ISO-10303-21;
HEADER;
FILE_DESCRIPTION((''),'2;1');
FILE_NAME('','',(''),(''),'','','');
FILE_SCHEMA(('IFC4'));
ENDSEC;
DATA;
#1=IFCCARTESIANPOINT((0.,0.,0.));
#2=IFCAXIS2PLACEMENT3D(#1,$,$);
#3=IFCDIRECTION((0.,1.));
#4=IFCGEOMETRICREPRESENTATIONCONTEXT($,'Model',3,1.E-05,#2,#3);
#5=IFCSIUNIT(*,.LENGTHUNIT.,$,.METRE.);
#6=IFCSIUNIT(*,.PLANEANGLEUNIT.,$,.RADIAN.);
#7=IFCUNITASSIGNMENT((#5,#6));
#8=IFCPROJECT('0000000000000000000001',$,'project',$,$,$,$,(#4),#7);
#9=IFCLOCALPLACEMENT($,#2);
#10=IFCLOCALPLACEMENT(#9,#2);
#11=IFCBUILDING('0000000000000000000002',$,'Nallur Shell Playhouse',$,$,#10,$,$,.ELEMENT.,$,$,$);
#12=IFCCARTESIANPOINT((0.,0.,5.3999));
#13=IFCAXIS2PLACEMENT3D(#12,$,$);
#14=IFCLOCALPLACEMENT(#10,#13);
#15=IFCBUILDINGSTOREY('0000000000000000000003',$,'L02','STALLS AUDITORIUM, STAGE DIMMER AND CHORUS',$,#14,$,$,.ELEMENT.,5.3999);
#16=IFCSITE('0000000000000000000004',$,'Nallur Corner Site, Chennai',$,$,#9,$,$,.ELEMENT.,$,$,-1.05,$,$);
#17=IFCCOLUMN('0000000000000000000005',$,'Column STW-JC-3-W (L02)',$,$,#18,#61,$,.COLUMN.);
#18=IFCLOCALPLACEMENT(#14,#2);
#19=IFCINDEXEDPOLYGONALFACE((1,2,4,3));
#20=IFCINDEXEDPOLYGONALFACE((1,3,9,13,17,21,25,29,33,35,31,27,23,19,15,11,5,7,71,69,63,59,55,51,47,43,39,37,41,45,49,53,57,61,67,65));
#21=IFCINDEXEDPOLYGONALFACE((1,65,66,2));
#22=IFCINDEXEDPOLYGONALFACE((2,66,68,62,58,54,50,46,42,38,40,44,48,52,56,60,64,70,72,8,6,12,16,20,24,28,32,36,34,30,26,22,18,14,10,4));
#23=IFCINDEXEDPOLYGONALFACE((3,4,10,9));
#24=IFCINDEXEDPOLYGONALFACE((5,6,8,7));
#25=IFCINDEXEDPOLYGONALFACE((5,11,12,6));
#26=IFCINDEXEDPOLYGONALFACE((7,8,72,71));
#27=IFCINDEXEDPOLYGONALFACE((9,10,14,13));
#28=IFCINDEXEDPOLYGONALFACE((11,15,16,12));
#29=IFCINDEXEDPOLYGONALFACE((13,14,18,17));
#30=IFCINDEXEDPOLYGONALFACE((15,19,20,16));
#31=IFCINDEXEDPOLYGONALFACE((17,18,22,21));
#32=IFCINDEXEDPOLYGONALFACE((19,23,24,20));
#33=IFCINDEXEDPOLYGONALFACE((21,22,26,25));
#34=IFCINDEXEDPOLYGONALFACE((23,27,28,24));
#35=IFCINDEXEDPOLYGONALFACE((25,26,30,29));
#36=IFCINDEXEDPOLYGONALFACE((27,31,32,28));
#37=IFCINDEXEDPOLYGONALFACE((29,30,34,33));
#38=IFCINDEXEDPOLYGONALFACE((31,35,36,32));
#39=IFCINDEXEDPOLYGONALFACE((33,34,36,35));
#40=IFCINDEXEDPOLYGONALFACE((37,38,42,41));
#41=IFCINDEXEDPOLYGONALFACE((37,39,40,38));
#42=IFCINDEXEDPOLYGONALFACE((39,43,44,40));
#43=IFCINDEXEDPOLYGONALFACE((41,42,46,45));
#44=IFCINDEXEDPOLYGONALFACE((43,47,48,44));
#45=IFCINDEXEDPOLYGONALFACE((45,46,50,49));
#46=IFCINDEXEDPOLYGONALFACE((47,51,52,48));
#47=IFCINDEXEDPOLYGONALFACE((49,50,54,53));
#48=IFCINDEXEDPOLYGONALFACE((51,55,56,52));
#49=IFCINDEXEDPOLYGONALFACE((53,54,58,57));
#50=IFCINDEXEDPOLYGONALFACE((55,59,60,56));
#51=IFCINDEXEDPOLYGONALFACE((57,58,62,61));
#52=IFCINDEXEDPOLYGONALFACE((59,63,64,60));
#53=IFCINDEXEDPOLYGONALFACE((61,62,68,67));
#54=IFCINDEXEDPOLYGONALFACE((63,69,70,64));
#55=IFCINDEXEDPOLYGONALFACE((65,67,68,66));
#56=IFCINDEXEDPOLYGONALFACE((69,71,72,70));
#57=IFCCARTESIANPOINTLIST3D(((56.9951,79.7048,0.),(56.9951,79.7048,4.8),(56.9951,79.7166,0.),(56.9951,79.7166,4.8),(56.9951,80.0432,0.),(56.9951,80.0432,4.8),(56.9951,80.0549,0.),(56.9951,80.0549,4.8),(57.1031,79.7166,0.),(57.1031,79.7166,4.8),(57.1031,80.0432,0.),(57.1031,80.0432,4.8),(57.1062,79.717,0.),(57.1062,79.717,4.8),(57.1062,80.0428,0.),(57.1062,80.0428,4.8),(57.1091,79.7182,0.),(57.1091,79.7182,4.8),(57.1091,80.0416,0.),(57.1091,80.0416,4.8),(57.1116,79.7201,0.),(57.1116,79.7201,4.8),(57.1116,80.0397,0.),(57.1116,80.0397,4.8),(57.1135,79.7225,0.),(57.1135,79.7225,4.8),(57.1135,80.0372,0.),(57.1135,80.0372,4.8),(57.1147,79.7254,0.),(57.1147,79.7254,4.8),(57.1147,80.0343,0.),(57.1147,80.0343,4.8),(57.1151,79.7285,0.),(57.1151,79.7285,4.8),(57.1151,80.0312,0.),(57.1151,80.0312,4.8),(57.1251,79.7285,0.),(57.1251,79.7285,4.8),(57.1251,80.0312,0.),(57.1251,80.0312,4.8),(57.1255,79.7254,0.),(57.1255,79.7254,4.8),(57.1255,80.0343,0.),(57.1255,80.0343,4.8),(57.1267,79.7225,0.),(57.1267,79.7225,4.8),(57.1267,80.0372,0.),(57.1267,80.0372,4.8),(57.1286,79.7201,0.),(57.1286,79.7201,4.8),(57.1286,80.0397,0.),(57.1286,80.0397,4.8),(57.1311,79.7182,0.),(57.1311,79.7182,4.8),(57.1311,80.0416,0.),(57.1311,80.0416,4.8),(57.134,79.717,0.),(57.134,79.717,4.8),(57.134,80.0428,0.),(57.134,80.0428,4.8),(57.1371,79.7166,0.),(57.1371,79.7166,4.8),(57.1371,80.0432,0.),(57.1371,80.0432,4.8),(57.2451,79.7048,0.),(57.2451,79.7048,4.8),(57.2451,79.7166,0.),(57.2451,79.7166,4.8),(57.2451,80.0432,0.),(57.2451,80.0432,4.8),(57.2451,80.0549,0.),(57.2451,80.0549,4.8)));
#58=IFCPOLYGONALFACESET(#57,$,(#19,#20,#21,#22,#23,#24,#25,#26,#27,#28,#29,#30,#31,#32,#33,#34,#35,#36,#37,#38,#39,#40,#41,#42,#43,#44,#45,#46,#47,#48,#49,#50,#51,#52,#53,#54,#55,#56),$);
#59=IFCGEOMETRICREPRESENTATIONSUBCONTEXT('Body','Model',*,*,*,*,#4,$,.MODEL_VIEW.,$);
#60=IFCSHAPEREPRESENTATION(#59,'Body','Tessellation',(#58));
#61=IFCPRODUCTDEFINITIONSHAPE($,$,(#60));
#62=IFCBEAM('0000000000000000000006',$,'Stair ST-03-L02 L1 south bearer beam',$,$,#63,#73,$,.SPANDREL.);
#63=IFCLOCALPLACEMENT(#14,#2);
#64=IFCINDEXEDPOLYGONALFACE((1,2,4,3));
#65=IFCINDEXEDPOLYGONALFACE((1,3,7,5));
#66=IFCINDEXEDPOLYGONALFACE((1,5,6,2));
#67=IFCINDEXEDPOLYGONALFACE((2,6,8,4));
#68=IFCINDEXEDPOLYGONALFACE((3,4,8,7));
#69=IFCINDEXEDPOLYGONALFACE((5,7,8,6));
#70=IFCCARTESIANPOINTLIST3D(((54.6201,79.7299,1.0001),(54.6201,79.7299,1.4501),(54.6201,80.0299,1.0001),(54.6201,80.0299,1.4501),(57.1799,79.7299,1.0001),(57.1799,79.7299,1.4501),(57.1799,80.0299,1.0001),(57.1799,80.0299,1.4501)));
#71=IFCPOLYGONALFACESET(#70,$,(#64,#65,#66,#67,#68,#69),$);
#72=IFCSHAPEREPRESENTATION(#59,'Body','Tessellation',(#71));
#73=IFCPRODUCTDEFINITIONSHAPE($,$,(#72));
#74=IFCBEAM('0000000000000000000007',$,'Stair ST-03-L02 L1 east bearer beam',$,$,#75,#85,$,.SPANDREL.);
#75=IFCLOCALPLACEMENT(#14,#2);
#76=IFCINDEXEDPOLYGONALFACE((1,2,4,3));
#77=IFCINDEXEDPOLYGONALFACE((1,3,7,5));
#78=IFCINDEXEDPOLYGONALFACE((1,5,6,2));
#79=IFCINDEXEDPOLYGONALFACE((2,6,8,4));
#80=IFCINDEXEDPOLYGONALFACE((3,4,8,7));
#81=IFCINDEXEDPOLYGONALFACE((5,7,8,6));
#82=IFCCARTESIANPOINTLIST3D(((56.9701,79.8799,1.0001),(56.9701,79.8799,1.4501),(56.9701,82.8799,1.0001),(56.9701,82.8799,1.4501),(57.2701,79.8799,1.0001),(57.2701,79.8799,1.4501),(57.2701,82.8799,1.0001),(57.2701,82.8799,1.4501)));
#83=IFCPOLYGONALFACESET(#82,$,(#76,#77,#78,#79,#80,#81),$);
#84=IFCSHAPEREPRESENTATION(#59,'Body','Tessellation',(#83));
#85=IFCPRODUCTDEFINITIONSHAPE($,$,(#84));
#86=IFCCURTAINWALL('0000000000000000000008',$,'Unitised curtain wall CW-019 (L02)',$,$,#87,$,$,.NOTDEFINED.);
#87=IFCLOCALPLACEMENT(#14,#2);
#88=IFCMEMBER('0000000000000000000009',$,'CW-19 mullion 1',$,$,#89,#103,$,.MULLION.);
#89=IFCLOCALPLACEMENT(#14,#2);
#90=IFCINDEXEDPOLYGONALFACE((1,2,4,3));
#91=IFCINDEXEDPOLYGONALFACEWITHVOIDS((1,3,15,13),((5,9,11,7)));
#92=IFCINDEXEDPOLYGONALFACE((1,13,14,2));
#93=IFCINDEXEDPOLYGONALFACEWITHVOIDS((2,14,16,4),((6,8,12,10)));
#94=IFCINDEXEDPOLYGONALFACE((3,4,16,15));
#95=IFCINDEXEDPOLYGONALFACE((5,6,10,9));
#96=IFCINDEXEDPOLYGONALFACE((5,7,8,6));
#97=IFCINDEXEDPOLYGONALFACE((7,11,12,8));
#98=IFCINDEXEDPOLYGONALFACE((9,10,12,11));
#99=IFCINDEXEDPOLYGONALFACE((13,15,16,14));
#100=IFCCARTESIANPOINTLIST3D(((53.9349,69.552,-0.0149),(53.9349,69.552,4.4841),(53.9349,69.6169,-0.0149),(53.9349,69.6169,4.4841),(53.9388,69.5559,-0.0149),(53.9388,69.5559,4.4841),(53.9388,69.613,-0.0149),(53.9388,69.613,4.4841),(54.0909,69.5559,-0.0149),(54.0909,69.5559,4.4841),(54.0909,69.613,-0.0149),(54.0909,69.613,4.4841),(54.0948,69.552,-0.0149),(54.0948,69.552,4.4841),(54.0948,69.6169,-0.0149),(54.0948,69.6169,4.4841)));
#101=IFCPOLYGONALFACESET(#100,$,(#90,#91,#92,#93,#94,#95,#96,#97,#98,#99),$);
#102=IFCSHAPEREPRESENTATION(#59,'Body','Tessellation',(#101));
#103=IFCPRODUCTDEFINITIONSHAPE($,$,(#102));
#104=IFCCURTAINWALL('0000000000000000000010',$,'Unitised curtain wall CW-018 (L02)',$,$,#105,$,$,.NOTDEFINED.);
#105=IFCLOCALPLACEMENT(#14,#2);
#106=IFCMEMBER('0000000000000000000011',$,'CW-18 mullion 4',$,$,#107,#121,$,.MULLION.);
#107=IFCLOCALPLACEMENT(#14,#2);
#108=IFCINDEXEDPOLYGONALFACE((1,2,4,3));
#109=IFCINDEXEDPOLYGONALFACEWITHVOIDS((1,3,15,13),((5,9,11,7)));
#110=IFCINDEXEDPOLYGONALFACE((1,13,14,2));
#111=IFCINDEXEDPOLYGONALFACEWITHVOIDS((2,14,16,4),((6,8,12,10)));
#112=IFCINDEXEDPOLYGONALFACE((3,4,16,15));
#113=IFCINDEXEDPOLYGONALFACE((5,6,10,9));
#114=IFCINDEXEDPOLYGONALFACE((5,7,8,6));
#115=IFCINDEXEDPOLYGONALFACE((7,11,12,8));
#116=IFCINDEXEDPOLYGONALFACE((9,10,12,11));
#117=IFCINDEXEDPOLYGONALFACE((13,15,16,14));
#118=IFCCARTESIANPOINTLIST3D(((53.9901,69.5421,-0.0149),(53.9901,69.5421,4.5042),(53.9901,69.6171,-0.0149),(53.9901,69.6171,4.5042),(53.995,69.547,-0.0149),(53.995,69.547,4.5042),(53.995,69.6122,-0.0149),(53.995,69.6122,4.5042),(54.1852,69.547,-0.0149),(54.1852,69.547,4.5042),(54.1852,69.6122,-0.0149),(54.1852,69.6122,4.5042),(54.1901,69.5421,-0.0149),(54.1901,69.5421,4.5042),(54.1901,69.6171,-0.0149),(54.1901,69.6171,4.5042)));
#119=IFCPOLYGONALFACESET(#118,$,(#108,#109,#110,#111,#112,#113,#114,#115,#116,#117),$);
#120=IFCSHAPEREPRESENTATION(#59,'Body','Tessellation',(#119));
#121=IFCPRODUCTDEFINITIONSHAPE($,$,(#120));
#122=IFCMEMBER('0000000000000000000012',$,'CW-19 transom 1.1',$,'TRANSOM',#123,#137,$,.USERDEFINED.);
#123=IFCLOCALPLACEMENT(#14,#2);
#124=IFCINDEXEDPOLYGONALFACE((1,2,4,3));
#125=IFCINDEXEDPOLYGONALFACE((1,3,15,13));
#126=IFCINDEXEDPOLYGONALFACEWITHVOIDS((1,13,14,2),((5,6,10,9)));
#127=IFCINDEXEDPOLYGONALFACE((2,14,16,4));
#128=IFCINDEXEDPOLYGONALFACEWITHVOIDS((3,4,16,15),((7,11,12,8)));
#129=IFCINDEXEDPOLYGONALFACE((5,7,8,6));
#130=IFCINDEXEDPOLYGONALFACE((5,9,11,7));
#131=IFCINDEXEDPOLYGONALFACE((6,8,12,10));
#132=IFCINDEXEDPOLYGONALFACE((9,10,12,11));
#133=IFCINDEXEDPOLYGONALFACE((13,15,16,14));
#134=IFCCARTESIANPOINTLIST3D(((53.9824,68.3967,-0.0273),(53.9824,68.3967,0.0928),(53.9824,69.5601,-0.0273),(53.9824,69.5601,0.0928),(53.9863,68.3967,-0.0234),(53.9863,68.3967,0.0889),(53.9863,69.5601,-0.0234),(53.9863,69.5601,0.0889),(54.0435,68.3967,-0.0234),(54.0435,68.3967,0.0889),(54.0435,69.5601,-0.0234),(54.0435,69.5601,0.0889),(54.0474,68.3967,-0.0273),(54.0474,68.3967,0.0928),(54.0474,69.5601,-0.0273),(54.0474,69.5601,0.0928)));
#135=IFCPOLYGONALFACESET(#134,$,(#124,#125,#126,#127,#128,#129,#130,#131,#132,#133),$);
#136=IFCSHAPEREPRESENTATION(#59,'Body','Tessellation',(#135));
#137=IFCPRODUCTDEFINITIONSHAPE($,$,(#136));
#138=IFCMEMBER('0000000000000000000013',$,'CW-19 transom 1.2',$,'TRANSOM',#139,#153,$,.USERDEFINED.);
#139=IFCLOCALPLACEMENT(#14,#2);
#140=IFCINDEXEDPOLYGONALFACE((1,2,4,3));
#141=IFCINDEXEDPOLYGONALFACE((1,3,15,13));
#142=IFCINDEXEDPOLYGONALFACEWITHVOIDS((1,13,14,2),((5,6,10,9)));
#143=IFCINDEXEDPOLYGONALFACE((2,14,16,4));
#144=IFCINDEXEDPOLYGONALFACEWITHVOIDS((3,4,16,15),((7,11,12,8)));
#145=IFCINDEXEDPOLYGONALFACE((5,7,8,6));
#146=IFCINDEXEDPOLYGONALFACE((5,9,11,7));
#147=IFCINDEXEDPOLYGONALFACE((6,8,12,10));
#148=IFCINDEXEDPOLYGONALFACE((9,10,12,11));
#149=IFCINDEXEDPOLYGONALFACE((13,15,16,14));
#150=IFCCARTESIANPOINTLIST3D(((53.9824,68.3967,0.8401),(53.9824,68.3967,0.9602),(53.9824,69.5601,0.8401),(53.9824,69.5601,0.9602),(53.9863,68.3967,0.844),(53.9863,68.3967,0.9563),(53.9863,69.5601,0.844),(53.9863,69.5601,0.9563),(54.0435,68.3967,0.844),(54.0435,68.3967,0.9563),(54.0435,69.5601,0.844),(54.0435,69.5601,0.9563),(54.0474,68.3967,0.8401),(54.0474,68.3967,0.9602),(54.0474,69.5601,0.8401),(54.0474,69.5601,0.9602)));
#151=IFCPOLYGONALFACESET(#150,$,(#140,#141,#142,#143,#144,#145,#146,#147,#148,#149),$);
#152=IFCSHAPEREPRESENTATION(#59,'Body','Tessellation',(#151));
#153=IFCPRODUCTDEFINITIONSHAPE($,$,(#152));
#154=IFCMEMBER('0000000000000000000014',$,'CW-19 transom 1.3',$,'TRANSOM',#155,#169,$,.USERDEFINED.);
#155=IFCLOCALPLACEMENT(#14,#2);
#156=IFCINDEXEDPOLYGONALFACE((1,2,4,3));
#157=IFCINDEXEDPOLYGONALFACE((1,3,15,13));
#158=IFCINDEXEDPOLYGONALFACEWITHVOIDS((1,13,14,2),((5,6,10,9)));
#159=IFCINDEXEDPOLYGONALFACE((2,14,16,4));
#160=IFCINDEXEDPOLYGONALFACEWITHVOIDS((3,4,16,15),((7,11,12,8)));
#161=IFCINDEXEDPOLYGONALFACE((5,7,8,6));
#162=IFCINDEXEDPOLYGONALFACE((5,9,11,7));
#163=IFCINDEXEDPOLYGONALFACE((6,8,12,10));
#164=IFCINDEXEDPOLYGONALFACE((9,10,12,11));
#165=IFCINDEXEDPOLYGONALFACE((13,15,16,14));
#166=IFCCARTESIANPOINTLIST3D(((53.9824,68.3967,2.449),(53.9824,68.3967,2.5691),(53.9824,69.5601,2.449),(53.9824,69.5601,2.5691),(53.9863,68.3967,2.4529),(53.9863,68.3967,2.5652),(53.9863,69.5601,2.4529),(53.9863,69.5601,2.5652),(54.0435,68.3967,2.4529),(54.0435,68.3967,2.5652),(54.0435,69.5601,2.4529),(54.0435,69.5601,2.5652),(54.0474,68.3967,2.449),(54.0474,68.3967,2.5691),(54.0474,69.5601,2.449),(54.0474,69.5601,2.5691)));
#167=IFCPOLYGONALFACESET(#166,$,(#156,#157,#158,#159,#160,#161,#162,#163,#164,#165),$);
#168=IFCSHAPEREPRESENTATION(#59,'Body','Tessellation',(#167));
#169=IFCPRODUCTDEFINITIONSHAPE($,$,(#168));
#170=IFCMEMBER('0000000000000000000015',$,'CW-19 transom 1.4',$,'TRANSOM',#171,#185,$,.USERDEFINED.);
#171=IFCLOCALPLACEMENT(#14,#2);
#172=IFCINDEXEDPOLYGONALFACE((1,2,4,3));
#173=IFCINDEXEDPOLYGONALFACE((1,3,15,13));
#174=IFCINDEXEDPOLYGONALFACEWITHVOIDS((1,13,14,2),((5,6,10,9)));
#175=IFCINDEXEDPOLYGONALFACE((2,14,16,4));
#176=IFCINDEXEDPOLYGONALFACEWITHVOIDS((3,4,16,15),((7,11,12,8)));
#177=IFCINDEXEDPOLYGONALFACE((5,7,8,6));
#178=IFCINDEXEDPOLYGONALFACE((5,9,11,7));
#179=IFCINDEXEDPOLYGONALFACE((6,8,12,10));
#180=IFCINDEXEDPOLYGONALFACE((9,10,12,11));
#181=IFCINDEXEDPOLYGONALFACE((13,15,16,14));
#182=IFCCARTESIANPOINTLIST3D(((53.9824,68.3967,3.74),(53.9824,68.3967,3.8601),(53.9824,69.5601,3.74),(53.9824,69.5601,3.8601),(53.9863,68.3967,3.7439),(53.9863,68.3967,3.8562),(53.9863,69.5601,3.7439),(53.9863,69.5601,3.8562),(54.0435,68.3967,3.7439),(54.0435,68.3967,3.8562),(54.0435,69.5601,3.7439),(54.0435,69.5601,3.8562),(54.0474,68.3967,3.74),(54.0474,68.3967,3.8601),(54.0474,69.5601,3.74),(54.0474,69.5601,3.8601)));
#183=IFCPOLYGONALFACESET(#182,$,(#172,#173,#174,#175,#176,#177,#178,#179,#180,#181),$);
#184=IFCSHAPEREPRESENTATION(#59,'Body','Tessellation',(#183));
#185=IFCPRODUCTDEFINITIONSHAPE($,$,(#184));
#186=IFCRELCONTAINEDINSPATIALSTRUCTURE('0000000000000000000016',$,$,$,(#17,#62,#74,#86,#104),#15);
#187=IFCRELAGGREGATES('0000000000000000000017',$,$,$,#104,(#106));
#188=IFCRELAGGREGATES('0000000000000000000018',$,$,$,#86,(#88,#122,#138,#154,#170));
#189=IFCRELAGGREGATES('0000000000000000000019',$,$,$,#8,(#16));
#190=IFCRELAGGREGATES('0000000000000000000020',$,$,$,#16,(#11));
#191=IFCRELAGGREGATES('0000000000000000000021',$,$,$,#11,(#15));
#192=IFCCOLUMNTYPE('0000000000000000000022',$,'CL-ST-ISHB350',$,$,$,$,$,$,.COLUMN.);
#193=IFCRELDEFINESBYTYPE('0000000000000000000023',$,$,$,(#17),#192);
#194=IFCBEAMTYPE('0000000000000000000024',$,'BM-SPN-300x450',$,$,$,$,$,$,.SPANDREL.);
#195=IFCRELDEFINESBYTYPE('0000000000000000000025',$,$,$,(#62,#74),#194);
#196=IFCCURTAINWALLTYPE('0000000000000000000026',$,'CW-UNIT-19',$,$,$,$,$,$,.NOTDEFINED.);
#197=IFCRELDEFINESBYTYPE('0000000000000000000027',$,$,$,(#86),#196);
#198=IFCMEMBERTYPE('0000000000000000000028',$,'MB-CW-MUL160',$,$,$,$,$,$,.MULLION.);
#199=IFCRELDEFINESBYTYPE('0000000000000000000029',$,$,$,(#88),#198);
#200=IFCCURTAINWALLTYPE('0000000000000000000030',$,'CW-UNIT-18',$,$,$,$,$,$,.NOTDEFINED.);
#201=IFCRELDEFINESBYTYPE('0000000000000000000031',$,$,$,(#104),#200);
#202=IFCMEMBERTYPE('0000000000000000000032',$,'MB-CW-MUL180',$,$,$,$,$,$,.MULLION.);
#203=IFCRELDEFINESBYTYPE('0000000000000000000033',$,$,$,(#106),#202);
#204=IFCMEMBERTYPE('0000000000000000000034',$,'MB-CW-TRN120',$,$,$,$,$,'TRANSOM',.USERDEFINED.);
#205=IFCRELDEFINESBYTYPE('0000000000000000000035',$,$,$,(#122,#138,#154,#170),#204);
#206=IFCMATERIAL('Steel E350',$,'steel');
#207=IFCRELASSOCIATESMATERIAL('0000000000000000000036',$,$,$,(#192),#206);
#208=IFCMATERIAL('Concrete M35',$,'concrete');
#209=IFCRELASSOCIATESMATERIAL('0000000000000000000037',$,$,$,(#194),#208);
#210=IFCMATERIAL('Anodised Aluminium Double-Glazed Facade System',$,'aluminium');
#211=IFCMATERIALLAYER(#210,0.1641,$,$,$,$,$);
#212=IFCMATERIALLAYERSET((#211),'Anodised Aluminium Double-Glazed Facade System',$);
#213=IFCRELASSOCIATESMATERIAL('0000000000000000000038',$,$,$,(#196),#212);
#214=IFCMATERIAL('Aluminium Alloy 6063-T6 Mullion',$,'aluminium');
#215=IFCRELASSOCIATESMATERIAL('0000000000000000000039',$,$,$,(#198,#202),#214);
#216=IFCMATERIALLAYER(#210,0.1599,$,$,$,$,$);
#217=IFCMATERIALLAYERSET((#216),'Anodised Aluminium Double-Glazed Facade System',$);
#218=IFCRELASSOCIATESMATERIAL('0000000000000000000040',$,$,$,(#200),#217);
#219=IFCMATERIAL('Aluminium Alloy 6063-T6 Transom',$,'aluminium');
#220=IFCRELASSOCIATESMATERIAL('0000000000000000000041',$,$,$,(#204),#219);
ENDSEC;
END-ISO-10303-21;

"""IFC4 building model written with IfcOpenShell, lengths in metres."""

from ifc_helpers import new_model, si_unit, direction, frame, origin, origin_2d, place, context, subcontext, project, spatial, rectangle, hollow_rectangle, i_section, extrude, material, layer, layer_set, material_profile, profile_set, type_object, element, aggregate, save


model = new_model("IFC4")

# Units and contexts
model_context = context("Model", 3, precision=1e-05, world=origin(), true_north=direction((0.0, 1.0)))
body_context = subcontext(model_context, "Body", "Model", "MODEL_VIEW")
ifc_project = project(units=[si_unit("LENGTHUNIT", "METRE"), si_unit("PLANEANGLEUNIT", "RADIAN")], contexts=[model_context])

# Site, building, storey
site_placement = place(None, origin())
site = spatial("IfcSite", under=ifc_project, at=site_placement, Name="Nallur Corner Site, Chennai", CompositionType="ELEMENT", RefElevation=-1.05)
building_placement = place(site_placement, origin())
building = spatial("IfcBuilding", under=site, at=building_placement, Name="Nallur Shell Playhouse", CompositionType="ELEMENT")
storey_placement = place(building_placement, frame((0.0, 0.0, 5.3999)))
storey = spatial("IfcBuildingStorey", under=building, at=storey_placement, Name="L02", Description="STALLS AUDITORIUM, STAGE DIMMER AND CHORUS", CompositionType="ELEMENT", Elevation=5.3999)

# Column
ifc_material_1 = material(Name="Steel E350", Category="steel")
ifc_material_profile_1 = material_profile(ifc_material_1, i_section(OverallWidth=0.25, OverallDepth=0.3501, WebThickness=0.01, FlangeThickness=0.0117, FilletRadius=0.012, at=origin_2d()), Name="ISHB 350")
ifc_profile_set_1 = profile_set([ifc_material_profile_1], Name="Steel E350")
column_type = type_object("IfcColumnType", Name="CL-ST-ISHB350", PredefinedType="COLUMN", material=ifc_profile_set_1)
column_placement = place(storey_placement, frame((57.1201, 79.8799, 0.0), z_axis=(0.0, 0.0, 1.0), x_axis=(1.0, 0.0, 0.0)))
element("IfcColumn", 1, at=column_placement, inside=storey, type_object=column_type, Name="Column STW-JC-3-W (L02)", PredefinedType="COLUMN", context=body_context, shape_type="SweptSolid", body=[
    extrude(i_section(OverallWidth=0.25, OverallDepth=0.3501, WebThickness=0.01, FlangeThickness=0.0117, FilletRadius=0.012, at=origin_2d()), origin(), (0.0, 0.0, 1.0), 4.8),
])

# Beams
ifc_material_2 = material(Name="Concrete M35", Category="concrete")
ifc_material_profile_2 = material_profile(ifc_material_2, rectangle(XDim=0.3, YDim=0.45, at=origin_2d()), Name="RC 300x450")
ifc_profile_set_2 = profile_set([ifc_material_profile_2], Name="Concrete M35")
beam_type = type_object("IfcBeamType", Name="BM-SPN-300x450", PredefinedType="SPANDREL", material=ifc_profile_set_2)
beam_1_placement = place(storey_placement, frame((54.6201, 79.8799, 1.2251), z_axis=(1.0, 0.0, 0.0), x_axis=(0.0, 1.0, 0.0)))
element("IfcBeam", 2, at=beam_1_placement, inside=storey, type_object=beam_type, Name="Stair ST-03-L02 L1 south bearer beam", PredefinedType="SPANDREL", context=body_context, shape_type="SweptSolid", body=[
    extrude(rectangle(XDim=0.3, YDim=0.45, at=origin_2d()), origin(), (0.0, 0.0, 1.0), 2.5598),
])
beam_2_placement = place(storey_placement, frame((57.1201, 79.8799, 1.2251), z_axis=(0.0, 1.0, 0.0), x_axis=(-1.0, 0.0, 0.0)))
element("IfcBeam", 3, at=beam_2_placement, inside=storey, type_object=beam_type, Name="Stair ST-03-L02 L1 east bearer beam", PredefinedType="SPANDREL", context=body_context, shape_type="SweptSolid", body=[
    extrude(rectangle(XDim=0.3, YDim=0.45, at=origin_2d()), origin(), (0.0, 0.0, 1.0), 3.0),
])

# Curtain walls, members
ifc_material_3 = material(Name="Anodised Aluminium Double-Glazed Facade System", Category="aluminium")
ifc_layer_1 = layer(ifc_material_3, 0.1641)
ifc_layer_set_1 = layer_set([ifc_layer_1], Name="Anodised Aluminium Double-Glazed Facade System")
curtain_wall_type_1 = type_object("IfcCurtainWallType", Name="CW-UNIT-19", PredefinedType="NOTDEFINED", material=ifc_layer_set_1)
curtain_wall_1_placement = place(storey_placement, origin())
curtain_wall_1 = element("IfcCurtainWall", 4, at=curtain_wall_1_placement, inside=storey, type_object=curtain_wall_type_1, Name="Unitised curtain wall CW-019 (L02)", PredefinedType="NOTDEFINED")
ifc_material_4 = material(Name="Aluminium Alloy 6063-T6 Mullion", Category="aluminium")
ifc_material_profile_3 = material_profile(ifc_material_4, hollow_rectangle(XDim=0.0649, YDim=0.1599, WallThickness=0.0039, at=origin_2d()), Name="ALU 65x160x4")
ifc_profile_set_3 = profile_set([ifc_material_profile_3], Name="Aluminium Alloy 6063-T6 Mullion")
member_type_1 = type_object("IfcMemberType", Name="MB-CW-MUL160", PredefinedType="MULLION", material=ifc_profile_set_3)
member_1_placement = place(storey_placement, frame((54.0149, 69.5845, -0.0149), z_axis=(0.0, 0.0, 1.0), x_axis=(0.0, -1.0, 0.0)))
member_1 = element("IfcMember", 5, at=member_1_placement, type_object=member_type_1, Name="CW-19 mullion 1", PredefinedType="MULLION", context=body_context, shape_type="SweptSolid", body=[
    extrude(hollow_rectangle(XDim=0.0649, YDim=0.1599, WallThickness=0.0039, at=origin_2d()), origin(), (0.0, 0.0, 1.0), 4.499),
])
ifc_layer_2 = layer(ifc_material_3, 0.1599)
ifc_layer_set_2 = layer_set([ifc_layer_2], Name="Anodised Aluminium Double-Glazed Facade System")
curtain_wall_type_2 = type_object("IfcCurtainWallType", Name="CW-UNIT-18", PredefinedType="NOTDEFINED", material=ifc_layer_set_2)
curtain_wall_2_placement = place(storey_placement, origin())
curtain_wall_2 = element("IfcCurtainWall", 6, at=curtain_wall_2_placement, inside=storey, type_object=curtain_wall_type_2, Name="Unitised curtain wall CW-018 (L02)", PredefinedType="NOTDEFINED")
ifc_material_profile_4 = material_profile(ifc_material_4, hollow_rectangle(XDim=0.075, YDim=0.2, WallThickness=0.0049, at=origin_2d()), Name="ALU 75x200x5")
ifc_profile_set_4 = profile_set([ifc_material_profile_4], Name="Aluminium Alloy 6063-T6 Mullion")
member_type_2 = type_object("IfcMemberType", Name="MB-CW-MUL180", PredefinedType="MULLION", material=ifc_profile_set_4)
member_2_placement = place(storey_placement, frame((54.0901, 69.5796, -0.0149), z_axis=(0.0, 0.0, 1.0), x_axis=(0.0, 1.0, 0.0)))
member_2 = element("IfcMember", 7, at=member_2_placement, type_object=member_type_2, Name="CW-18 mullion 4", PredefinedType="MULLION", context=body_context, shape_type="SweptSolid", body=[
    extrude(hollow_rectangle(XDim=0.075, YDim=0.2, WallThickness=0.0049, at=origin_2d()), origin(), (0.0, 0.0, 1.0), 4.519),
])
aggregate(curtain_wall_2, [member_2])

# Members
ifc_material_5 = material(Name="Aluminium Alloy 6063-T6 Transom", Category="aluminium")
ifc_material_profile_5 = material_profile(ifc_material_5, hollow_rectangle(XDim=0.0649, YDim=0.1201, WallThickness=0.0039, at=origin_2d()), Name="ALU 65x120x4")
ifc_profile_set_5 = profile_set([ifc_material_profile_5], Name="Aluminium Alloy 6063-T6 Transom")
member_type_3 = type_object("IfcMemberType", Name="MB-CW-TRN120", ElementType="TRANSOM", PredefinedType="USERDEFINED", material=ifc_profile_set_5)
member_3_placement = place(storey_placement, frame((54.0149, 69.5601, 0.0327), z_axis=(0.0, -1.0, 0.0), x_axis=(1.0, 0.0, 0.0)))
member_3 = element("IfcMember", 8, at=member_3_placement, type_object=member_type_3, Name="CW-19 transom 1.1", ObjectType="TRANSOM", PredefinedType="USERDEFINED", context=body_context, shape_type="SweptSolid", body=[
    extrude(hollow_rectangle(XDim=0.0649, YDim=0.1201, WallThickness=0.0039, at=origin_2d()), origin(), (0.0, 0.0, 1.0), 1.1633),
])
member_4_placement = place(storey_placement, frame((54.0149, 69.5601, 0.9001), z_axis=(0.0, -1.0, 0.0), x_axis=(1.0, 0.0, 0.0)))
member_4 = element("IfcMember", 9, at=member_4_placement, type_object=member_type_3, Name="CW-19 transom 1.2", ObjectType="TRANSOM", PredefinedType="USERDEFINED", context=body_context, shape_type="SweptSolid", body=[
    extrude(hollow_rectangle(XDim=0.0649, YDim=0.1201, WallThickness=0.0039, at=origin_2d()), origin(), (0.0, 0.0, 1.0), 1.1633),
])
member_5_placement = place(storey_placement, frame((54.0149, 69.5601, 2.509), z_axis=(0.0, -1.0, 0.0), x_axis=(1.0, 0.0, 0.0)))
member_5 = element("IfcMember", 10, at=member_5_placement, type_object=member_type_3, Name="CW-19 transom 1.3", ObjectType="TRANSOM", PredefinedType="USERDEFINED", context=body_context, shape_type="SweptSolid", body=[
    extrude(hollow_rectangle(XDim=0.0649, YDim=0.1201, WallThickness=0.0039, at=origin_2d()), origin(), (0.0, 0.0, 1.0), 1.1633),
])
member_6_placement = place(storey_placement, frame((54.0149, 69.5601, 3.8), z_axis=(0.0, -1.0, 0.0), x_axis=(1.0, 0.0, 0.0)))
member_6 = element("IfcMember", 11, at=member_6_placement, type_object=member_type_3, Name="CW-19 transom 1.4", ObjectType="TRANSOM", PredefinedType="USERDEFINED", context=body_context, shape_type="SweptSolid", body=[
    extrude(hollow_rectangle(XDim=0.0649, YDim=0.1201, WallThickness=0.0039, at=origin_2d()), origin(), (0.0, 0.0, 1.0), 1.1633),
])

aggregate(curtain_wall_1, [member_1, member_3, member_4, member_5, member_6])

save(model, "model.ifc")
